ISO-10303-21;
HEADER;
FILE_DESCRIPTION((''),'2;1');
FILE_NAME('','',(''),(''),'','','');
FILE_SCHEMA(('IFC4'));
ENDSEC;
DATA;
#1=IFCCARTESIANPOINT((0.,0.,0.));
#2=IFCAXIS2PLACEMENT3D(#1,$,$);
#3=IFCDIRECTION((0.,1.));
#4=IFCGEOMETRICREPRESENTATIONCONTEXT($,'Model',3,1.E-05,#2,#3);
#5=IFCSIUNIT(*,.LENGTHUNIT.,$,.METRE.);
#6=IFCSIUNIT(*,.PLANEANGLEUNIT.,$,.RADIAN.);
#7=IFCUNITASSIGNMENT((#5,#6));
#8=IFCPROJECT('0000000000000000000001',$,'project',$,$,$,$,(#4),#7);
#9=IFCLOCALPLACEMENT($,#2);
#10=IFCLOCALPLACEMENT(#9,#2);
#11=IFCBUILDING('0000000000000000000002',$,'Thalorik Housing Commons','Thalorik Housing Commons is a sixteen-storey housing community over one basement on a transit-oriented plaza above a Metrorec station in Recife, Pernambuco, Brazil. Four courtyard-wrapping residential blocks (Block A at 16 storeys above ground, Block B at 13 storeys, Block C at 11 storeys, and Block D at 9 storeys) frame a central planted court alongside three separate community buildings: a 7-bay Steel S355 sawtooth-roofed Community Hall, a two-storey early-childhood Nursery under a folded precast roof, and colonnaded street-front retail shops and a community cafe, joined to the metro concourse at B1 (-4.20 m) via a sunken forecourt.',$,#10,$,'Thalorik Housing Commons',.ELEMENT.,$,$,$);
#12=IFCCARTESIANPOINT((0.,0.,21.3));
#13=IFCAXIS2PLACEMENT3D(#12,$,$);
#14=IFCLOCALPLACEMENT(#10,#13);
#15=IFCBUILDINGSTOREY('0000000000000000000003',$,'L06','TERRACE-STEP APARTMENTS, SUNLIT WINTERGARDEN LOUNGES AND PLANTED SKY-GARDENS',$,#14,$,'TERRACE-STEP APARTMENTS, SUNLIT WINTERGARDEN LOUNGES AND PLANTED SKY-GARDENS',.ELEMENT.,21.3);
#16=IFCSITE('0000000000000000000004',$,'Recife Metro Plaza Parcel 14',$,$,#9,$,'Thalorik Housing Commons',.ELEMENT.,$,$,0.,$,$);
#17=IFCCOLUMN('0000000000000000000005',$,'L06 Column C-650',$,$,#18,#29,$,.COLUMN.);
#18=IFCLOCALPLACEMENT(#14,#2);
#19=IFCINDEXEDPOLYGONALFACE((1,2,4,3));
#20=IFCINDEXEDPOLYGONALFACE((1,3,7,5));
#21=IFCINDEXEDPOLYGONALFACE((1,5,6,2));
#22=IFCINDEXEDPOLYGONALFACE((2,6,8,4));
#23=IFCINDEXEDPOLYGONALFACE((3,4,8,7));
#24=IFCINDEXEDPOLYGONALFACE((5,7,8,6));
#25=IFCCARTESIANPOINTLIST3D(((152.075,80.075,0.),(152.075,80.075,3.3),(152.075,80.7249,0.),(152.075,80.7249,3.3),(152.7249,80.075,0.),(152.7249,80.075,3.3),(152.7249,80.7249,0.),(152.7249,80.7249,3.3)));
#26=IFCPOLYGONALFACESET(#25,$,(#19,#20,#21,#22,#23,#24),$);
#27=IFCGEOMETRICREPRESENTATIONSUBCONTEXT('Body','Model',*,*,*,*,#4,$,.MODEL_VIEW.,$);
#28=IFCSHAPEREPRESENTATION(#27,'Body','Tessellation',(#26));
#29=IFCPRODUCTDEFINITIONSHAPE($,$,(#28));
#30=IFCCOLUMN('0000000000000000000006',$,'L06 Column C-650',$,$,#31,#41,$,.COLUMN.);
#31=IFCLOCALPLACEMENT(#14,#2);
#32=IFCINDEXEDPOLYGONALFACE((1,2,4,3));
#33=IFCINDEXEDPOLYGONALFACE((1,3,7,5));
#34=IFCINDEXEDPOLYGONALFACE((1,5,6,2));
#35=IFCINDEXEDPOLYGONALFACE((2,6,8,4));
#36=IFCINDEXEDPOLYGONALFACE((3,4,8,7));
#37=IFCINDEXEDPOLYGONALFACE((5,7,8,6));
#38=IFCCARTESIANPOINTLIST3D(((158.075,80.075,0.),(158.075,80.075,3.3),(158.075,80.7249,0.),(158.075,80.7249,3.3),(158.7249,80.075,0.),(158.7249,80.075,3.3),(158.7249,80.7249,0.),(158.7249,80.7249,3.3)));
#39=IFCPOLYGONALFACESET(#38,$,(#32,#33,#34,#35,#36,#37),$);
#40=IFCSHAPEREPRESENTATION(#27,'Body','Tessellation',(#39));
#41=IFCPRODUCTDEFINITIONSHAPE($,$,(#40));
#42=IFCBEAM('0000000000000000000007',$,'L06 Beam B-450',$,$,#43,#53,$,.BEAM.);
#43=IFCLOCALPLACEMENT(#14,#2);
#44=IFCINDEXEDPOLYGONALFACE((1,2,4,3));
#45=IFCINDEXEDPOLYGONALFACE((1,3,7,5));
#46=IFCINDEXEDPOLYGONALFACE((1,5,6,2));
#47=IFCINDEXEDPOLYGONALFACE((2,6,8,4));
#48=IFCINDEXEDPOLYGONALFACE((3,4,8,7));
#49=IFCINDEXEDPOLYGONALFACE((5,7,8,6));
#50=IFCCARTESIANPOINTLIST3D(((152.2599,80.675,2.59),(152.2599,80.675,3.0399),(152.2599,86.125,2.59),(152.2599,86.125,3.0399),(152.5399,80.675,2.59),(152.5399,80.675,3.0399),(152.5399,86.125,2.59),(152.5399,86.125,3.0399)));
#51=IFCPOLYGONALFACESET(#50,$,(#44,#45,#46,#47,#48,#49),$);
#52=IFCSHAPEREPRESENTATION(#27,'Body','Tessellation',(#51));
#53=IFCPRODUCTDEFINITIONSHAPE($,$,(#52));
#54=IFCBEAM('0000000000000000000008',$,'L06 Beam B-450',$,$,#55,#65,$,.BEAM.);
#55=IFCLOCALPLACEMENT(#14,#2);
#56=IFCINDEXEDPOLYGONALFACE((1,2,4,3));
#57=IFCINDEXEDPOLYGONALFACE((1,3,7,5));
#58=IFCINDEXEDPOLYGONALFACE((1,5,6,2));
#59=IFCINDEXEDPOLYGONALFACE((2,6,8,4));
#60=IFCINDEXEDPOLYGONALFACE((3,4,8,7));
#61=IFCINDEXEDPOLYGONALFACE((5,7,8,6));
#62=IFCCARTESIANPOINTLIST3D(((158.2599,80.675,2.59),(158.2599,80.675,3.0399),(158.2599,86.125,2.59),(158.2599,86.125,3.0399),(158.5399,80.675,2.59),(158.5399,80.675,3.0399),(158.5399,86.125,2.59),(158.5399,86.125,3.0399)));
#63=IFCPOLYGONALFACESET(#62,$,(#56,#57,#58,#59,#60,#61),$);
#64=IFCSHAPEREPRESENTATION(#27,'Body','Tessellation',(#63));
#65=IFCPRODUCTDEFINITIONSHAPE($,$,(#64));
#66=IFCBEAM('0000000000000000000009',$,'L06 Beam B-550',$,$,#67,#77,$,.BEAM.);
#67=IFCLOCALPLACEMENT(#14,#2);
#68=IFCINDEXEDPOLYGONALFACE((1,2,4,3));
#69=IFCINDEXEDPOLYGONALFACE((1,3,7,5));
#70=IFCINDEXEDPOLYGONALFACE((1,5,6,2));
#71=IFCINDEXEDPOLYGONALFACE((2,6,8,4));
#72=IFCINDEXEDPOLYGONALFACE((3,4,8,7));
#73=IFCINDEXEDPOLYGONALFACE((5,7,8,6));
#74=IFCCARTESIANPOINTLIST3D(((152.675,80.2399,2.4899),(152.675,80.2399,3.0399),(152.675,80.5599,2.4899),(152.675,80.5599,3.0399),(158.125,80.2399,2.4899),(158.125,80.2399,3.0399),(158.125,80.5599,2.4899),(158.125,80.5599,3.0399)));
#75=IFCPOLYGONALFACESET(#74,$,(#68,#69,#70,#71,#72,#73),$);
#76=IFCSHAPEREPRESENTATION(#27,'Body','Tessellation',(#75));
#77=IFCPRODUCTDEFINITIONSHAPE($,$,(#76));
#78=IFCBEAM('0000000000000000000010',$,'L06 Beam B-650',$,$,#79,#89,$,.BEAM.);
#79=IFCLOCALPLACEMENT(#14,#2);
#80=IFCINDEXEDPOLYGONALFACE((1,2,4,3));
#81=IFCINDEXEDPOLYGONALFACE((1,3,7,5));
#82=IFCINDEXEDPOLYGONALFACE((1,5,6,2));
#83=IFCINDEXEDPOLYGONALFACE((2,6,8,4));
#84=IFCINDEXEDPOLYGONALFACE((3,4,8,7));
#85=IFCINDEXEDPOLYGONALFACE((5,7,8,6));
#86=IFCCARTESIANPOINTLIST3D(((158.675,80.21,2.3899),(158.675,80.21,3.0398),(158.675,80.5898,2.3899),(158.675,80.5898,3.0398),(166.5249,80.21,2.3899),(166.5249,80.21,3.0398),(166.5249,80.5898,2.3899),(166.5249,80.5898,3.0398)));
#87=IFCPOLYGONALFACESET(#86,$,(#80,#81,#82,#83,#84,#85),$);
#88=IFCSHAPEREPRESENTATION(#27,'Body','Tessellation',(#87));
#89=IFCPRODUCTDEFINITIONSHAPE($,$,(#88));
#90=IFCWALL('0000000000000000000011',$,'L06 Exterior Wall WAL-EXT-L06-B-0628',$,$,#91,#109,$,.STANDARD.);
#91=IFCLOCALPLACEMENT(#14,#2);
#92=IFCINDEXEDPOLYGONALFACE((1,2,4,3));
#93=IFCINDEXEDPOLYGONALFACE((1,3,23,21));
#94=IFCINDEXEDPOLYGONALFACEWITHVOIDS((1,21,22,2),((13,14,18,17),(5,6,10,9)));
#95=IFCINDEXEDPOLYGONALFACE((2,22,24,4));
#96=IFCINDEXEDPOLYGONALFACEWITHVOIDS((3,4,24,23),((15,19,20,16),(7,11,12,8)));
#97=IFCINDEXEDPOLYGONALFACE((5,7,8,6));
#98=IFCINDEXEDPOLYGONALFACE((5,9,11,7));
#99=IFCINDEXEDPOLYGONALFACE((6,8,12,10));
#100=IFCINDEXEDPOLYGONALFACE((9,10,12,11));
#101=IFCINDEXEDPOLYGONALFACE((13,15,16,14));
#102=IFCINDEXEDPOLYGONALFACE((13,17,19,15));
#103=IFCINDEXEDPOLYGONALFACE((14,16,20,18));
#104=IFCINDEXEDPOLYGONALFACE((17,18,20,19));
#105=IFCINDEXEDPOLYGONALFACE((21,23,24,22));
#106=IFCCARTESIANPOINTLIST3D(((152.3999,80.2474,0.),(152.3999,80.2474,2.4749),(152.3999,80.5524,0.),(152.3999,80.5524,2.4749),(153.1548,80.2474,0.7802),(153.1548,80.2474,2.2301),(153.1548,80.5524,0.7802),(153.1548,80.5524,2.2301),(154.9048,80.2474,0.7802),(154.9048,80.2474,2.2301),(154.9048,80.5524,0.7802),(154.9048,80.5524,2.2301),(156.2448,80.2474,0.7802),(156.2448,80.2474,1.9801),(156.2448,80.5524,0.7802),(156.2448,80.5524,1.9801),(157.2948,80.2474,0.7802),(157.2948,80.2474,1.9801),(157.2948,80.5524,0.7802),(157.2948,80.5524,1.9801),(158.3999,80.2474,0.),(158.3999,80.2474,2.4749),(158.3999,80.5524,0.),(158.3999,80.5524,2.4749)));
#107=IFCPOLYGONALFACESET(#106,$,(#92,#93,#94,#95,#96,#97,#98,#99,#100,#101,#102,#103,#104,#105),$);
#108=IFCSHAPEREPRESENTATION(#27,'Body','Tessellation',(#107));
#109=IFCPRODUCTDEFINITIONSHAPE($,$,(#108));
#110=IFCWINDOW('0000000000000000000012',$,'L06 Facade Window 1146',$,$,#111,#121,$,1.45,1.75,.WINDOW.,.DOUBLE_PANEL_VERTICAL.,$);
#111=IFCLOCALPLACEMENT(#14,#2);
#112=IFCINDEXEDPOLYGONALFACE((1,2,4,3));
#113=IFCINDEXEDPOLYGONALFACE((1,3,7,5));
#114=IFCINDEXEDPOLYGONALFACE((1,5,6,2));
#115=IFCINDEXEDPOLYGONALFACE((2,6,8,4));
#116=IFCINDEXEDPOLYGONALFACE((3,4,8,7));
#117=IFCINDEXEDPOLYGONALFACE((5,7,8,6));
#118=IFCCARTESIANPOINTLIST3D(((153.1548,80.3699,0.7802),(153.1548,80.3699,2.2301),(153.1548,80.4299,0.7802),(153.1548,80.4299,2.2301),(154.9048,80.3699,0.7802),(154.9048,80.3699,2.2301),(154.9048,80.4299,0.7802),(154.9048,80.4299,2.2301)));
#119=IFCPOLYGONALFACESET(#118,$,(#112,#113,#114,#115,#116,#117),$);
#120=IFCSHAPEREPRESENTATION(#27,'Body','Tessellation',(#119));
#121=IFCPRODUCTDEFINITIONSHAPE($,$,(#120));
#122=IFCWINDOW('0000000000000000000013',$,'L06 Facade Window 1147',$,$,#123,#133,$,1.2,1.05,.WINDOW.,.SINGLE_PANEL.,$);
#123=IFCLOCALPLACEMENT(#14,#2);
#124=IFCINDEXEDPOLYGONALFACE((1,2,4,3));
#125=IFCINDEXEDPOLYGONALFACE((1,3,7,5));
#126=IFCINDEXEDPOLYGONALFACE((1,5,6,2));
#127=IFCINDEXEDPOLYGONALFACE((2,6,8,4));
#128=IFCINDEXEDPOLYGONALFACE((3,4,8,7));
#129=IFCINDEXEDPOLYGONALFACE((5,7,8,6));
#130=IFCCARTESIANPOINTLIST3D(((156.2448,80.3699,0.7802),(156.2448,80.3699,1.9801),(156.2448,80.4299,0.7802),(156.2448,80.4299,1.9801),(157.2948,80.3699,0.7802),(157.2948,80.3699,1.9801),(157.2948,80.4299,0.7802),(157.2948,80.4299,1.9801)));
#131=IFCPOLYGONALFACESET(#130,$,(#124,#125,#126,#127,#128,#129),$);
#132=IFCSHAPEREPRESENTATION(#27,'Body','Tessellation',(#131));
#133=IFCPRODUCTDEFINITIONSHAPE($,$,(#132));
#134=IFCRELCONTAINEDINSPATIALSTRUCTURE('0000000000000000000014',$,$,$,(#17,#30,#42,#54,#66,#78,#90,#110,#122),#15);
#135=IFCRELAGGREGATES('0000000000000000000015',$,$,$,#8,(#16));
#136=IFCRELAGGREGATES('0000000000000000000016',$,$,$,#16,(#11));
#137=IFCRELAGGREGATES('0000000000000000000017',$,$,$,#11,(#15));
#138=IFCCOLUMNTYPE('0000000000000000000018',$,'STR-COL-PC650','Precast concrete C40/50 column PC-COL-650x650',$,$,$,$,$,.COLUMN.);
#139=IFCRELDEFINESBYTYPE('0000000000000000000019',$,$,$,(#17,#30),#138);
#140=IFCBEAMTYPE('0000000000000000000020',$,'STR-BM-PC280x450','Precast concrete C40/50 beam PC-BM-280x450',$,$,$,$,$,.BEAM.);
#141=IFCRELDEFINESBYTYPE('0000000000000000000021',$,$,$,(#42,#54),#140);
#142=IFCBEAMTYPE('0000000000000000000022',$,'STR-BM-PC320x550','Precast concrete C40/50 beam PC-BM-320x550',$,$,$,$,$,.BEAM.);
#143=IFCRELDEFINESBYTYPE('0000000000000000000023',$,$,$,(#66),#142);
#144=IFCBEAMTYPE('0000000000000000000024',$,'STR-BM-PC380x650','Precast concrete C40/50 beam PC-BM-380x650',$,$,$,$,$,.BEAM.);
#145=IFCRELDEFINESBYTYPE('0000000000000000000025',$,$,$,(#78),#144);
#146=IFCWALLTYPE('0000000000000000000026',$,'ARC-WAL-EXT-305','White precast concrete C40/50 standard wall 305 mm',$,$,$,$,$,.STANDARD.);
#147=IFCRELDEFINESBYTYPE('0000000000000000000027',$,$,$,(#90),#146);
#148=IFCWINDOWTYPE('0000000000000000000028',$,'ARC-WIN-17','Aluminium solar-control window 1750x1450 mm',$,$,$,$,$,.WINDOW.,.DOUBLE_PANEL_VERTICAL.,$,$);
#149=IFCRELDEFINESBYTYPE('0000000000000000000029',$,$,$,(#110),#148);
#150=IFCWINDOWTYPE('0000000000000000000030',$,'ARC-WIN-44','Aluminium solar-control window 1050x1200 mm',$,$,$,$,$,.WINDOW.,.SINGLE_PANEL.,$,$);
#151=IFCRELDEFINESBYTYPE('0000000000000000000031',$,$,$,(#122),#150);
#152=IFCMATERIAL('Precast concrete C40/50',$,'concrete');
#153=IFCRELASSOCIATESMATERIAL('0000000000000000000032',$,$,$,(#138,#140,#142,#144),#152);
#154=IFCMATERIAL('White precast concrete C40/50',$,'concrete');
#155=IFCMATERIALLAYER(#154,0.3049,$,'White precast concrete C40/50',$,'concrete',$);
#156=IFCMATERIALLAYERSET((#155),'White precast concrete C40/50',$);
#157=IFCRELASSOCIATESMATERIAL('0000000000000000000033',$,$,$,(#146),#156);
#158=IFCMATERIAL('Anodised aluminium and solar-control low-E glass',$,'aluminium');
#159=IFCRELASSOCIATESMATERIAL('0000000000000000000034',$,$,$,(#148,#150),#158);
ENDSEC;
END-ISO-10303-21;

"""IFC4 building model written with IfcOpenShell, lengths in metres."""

from ifc_helpers import new_model, si_unit, direction, frame, frame_2d, origin, origin_2d, place, context, subcontext, project, spatial, rectangle, extrude, material, layer, layer_set, material_profile, profile_set, type_object, element, fill, save


model = new_model("IFC4")

# Units and contexts
model_context = context("Model", 3, precision=1e-05, world=origin(), true_north=direction((0.0, 1.0)))
body_context = subcontext(model_context, "Body", "Model", "MODEL_VIEW")
ifc_project = project(units=[si_unit("LENGTHUNIT", "METRE"), si_unit("PLANEANGLEUNIT", "RADIAN")], contexts=[model_context])

# Site, building, storey
site_placement = place(None, origin())
site = spatial("IfcSite", under=ifc_project, at=site_placement, Name="Recife Metro Plaza Parcel 14", LongName="Thalorik Housing Commons", CompositionType="ELEMENT", RefElevation=0.0)
building_placement = place(site_placement, origin())
building = spatial("IfcBuilding", under=site, at=building_placement, Name="Thalorik Housing Commons", Description="Thalorik Housing Commons is a sixteen-storey housing community over one basement on a transit-oriented plaza above a Metrorec station in Recife, Pernambuco, Brazil. Four courtyard-wrapping residential blocks (Block A at 16 storeys above ground, Block B at 13 storeys, Block C at 11 storeys, and Block D at 9 storeys) frame a central planted court alongside three separate community buildings: a 7-bay Steel S355 sawtooth-roofed Community Hall, a two-storey early-childhood Nursery under a folded precast roof, and colonnaded street-front retail shops and a community cafe, joined to the metro concourse at B1 (-4.20 m) via a sunken forecourt.", LongName="Thalorik Housing Commons", CompositionType="ELEMENT")
storey_placement = place(building_placement, frame((0.0, 0.0, 21.3)))
storey = spatial("IfcBuildingStorey", under=building, at=storey_placement, Name="L06", Description="TERRACE-STEP APARTMENTS, SUNLIT WINTERGARDEN LOUNGES AND PLANTED SKY-GARDENS", LongName="TERRACE-STEP APARTMENTS, SUNLIT WINTERGARDEN LOUNGES AND PLANTED SKY-GARDENS", CompositionType="ELEMENT", Elevation=21.3)

# Columns
ifc_material_1 = material(Name="Precast concrete C40/50", Category="concrete")
ifc_material_profile_1 = material_profile(ifc_material_1, rectangle(XDim=0.6499, YDim=0.6499, at=origin_2d()), Name="PC 650x650", Category="concrete")
ifc_profile_set_1 = profile_set([ifc_material_profile_1], Name="Precast concrete C40/50")
column_type = type_object("IfcColumnType", Name="STR-COL-PC650", Description="Precast concrete C40/50 column PC-COL-650x650", PredefinedType="COLUMN", material=ifc_profile_set_1)
for number, where, z_axis, x_axis, name in (
    (1, (152.3999, 80.3999, 0.0), (0.0, 0.0, 1.0), (1.0, 0.0, 0.0), "L06 Column C-650"),
    (2, (158.3999, 80.3999, 0.0), (0.0, 0.0, 1.0), (1.0, 0.0, 0.0), "L06 Column C-650"),
):
    element("IfcColumn", number, at=place(storey_placement, frame(where, z_axis=z_axis, x_axis=x_axis)), inside=storey, type_object=column_type, Name=name, PredefinedType="COLUMN", context=body_context, shape_type="SweptSolid", body=[
        extrude(rectangle(XDim=0.6499, YDim=0.6499, at=origin_2d()), origin(), (0.0, 0.0, 1.0), 3.3),
    ])

# Beams
ifc_material_profile_2 = material_profile(ifc_material_1, rectangle(XDim=0.28, YDim=0.45, at=origin_2d()), Name="PC 280x450", Category="concrete")
ifc_profile_set_2 = profile_set([ifc_material_profile_2], Name="Precast concrete C40/50")
beam_type_1 = type_object("IfcBeamType", Name="STR-BM-PC280x450", Description="Precast concrete C40/50 beam PC-BM-280x450", PredefinedType="BEAM", material=ifc_profile_set_2)
for number, where, z_axis, x_axis, name in (
    (3, (152.3999, 80.675, 2.8149), (0.0, 1.0, 0.0), (-1.0, 0.0, 0.0), "L06 Beam B-450"),
    (4, (158.3999, 80.675, 2.8149), (0.0, 1.0, 0.0), (-1.0, 0.0, 0.0), "L06 Beam B-450"),
):
    element("IfcBeam", number, at=place(storey_placement, frame(where, z_axis=z_axis, x_axis=x_axis)), inside=storey, type_object=beam_type_1, Name=name, PredefinedType="BEAM", context=body_context, shape_type="SweptSolid", body=[
        extrude(rectangle(XDim=0.28, YDim=0.45, at=origin_2d()), origin(), (0.0, 0.0, 1.0), 5.45),
    ])
ifc_material_profile_3 = material_profile(ifc_material_1, rectangle(XDim=0.3201, YDim=0.55, at=origin_2d()), Name="PC 320x550", Category="concrete")
ifc_profile_set_3 = profile_set([ifc_material_profile_3], Name="Precast concrete C40/50")
beam_type_2 = type_object("IfcBeamType", Name="STR-BM-PC320x550", Description="Precast concrete C40/50 beam PC-BM-320x550", PredefinedType="BEAM", material=ifc_profile_set_3)
beam_1_placement = place(storey_placement, frame((152.675, 80.3999, 2.7649), z_axis=(1.0, 0.0, 0.0), x_axis=(0.0, 1.0, 0.0)))
element("IfcBeam", 5, at=beam_1_placement, inside=storey, type_object=beam_type_2, Name="L06 Beam B-550", PredefinedType="BEAM", context=body_context, shape_type="SweptSolid", body=[
    extrude(rectangle(XDim=0.3201, YDim=0.55, at=origin_2d()), origin(), (0.0, 0.0, 1.0), 5.45),
])
ifc_material_profile_4 = material_profile(ifc_material_1, rectangle(XDim=0.3799, YDim=0.6499, at=origin_2d()), Name="PC 380x650", Category="concrete")
ifc_profile_set_4 = profile_set([ifc_material_profile_4], Name="Precast concrete C40/50")
beam_type_3 = type_object("IfcBeamType", Name="STR-BM-PC380x650", Description="Precast concrete C40/50 beam PC-BM-380x650", PredefinedType="BEAM", material=ifc_profile_set_4)
beam_2_placement = place(storey_placement, frame((158.675, 80.3999, 2.7148), z_axis=(1.0, 0.0, 0.0), x_axis=(0.0, 1.0, 0.0)))
element("IfcBeam", 6, at=beam_2_placement, inside=storey, type_object=beam_type_3, Name="L06 Beam B-650", PredefinedType="BEAM", context=body_context, shape_type="SweptSolid", body=[
    extrude(rectangle(XDim=0.3799, YDim=0.6499, at=origin_2d()), origin(), (0.0, 0.0, 1.0), 7.8499),
])

# Wall, openings, windows
ifc_material_2 = material(Name="White precast concrete C40/50", Category="concrete")
ifc_layer_1 = layer(ifc_material_2, 0.3049, Name="White precast concrete C40/50", Category="concrete")
ifc_layer_set_1 = layer_set([ifc_layer_1], Name="White precast concrete C40/50")
wall_type = type_object("IfcWallType", Name="ARC-WAL-EXT-305", Description="White precast concrete C40/50 standard wall 305 mm", PredefinedType="STANDARD", material=ifc_layer_set_1)
wall_1_placement = place(storey_placement, frame((152.3999, 80.3999, 0.0), z_axis=(0.0, 0.0, 1.0), x_axis=(1.0, 0.0, 0.0)))
wall_1 = element("IfcWall", 7, at=wall_1_placement, inside=storey, type_object=wall_type, Name="L06 Exterior Wall WAL-EXT-L06-B-0628", PredefinedType="STANDARD", context=body_context, shape_type="SweptSolid", body=[
    extrude(rectangle(XDim=6.0, YDim=0.3049, at=frame_2d((3.0, 0.0))), origin(), (0.0, 0.0, 1.0), 2.4749),
])
opening_1_placement = place(wall_1_placement, frame((0.7549, 0.0, 0.78)))
opening_1 = element("IfcOpeningElement", 8, at=opening_1_placement, cuts=wall_1, PredefinedType="OPENING", context=body_context, shape_type="SweptSolid", body=[
    extrude(rectangle(XDim=1.75, YDim=1.45, at=frame_2d((0.875, 0.7251))), frame((0.0, 0.1626, 0.0), z_axis=(0.0, -1.0, 0.0), x_axis=(1.0, 0.0, 0.0)), (0.0, 0.0, 1.0), 0.325),
])
opening_2_placement = place(wall_1_placement, frame((3.845, 0.0, 0.78)))
opening_2 = element("IfcOpeningElement", 9, at=opening_2_placement, cuts=wall_1, PredefinedType="OPENING", context=body_context, shape_type="SweptSolid", body=[
    extrude(rectangle(XDim=1.05, YDim=1.2, at=frame_2d((0.5249, 0.6001))), frame((0.0, 0.1626, 0.0), z_axis=(0.0, -1.0, 0.0), x_axis=(1.0, 0.0, 0.0)), (0.0, 0.0, 1.0), 0.325),
])
ifc_material_3 = material(Name="Anodised aluminium and solar-control low-E glass", Category="aluminium")
window_type_1 = type_object("IfcWindowType", Name="ARC-WIN-17", Description="Aluminium solar-control window 1750x1450 mm", PartitioningType="DOUBLE_PANEL_VERTICAL", PredefinedType="WINDOW", material=ifc_material_3)
window_1_placement = place(opening_1_placement, origin())
window_1 = element("IfcWindow", 10, at=window_1_placement, inside=storey, type_object=window_type_1, Name="L06 Facade Window 1146", OverallHeight=1.45, OverallWidth=1.75, PartitioningType="DOUBLE_PANEL_VERTICAL", PredefinedType="WINDOW", context=body_context, shape_type="SweptSolid", body=[
    extrude(rectangle(XDim=1.75, YDim=1.45, at=frame_2d((0.875, 0.7251))), frame((0.0, 0.03, 0.0), z_axis=(0.0, -1.0, 0.0), x_axis=(1.0, 0.0, 0.0)), (0.0, 0.0, 1.0), 0.0601),
])
fill(opening_1, window_1)
window_type_2 = type_object("IfcWindowType", Name="ARC-WIN-44", Description="Aluminium solar-control window 1050x1200 mm", PartitioningType="SINGLE_PANEL", PredefinedType="WINDOW", material=ifc_material_3)
window_2_placement = place(opening_2_placement, origin())
window_2 = element("IfcWindow", 11, at=window_2_placement, inside=storey, type_object=window_type_2, Name="L06 Facade Window 1147", OverallHeight=1.2, OverallWidth=1.05, PartitioningType="SINGLE_PANEL", PredefinedType="WINDOW", context=body_context, shape_type="SweptSolid", body=[
    extrude(rectangle(XDim=1.05, YDim=1.2, at=frame_2d((0.5249, 0.6001))), frame((0.0, 0.03, 0.0), z_axis=(0.0, -1.0, 0.0), x_axis=(1.0, 0.0, 0.0)), (0.0, 0.0, 1.0), 0.0601),
])
fill(opening_2, window_2)

save(model, "model.ifc")
